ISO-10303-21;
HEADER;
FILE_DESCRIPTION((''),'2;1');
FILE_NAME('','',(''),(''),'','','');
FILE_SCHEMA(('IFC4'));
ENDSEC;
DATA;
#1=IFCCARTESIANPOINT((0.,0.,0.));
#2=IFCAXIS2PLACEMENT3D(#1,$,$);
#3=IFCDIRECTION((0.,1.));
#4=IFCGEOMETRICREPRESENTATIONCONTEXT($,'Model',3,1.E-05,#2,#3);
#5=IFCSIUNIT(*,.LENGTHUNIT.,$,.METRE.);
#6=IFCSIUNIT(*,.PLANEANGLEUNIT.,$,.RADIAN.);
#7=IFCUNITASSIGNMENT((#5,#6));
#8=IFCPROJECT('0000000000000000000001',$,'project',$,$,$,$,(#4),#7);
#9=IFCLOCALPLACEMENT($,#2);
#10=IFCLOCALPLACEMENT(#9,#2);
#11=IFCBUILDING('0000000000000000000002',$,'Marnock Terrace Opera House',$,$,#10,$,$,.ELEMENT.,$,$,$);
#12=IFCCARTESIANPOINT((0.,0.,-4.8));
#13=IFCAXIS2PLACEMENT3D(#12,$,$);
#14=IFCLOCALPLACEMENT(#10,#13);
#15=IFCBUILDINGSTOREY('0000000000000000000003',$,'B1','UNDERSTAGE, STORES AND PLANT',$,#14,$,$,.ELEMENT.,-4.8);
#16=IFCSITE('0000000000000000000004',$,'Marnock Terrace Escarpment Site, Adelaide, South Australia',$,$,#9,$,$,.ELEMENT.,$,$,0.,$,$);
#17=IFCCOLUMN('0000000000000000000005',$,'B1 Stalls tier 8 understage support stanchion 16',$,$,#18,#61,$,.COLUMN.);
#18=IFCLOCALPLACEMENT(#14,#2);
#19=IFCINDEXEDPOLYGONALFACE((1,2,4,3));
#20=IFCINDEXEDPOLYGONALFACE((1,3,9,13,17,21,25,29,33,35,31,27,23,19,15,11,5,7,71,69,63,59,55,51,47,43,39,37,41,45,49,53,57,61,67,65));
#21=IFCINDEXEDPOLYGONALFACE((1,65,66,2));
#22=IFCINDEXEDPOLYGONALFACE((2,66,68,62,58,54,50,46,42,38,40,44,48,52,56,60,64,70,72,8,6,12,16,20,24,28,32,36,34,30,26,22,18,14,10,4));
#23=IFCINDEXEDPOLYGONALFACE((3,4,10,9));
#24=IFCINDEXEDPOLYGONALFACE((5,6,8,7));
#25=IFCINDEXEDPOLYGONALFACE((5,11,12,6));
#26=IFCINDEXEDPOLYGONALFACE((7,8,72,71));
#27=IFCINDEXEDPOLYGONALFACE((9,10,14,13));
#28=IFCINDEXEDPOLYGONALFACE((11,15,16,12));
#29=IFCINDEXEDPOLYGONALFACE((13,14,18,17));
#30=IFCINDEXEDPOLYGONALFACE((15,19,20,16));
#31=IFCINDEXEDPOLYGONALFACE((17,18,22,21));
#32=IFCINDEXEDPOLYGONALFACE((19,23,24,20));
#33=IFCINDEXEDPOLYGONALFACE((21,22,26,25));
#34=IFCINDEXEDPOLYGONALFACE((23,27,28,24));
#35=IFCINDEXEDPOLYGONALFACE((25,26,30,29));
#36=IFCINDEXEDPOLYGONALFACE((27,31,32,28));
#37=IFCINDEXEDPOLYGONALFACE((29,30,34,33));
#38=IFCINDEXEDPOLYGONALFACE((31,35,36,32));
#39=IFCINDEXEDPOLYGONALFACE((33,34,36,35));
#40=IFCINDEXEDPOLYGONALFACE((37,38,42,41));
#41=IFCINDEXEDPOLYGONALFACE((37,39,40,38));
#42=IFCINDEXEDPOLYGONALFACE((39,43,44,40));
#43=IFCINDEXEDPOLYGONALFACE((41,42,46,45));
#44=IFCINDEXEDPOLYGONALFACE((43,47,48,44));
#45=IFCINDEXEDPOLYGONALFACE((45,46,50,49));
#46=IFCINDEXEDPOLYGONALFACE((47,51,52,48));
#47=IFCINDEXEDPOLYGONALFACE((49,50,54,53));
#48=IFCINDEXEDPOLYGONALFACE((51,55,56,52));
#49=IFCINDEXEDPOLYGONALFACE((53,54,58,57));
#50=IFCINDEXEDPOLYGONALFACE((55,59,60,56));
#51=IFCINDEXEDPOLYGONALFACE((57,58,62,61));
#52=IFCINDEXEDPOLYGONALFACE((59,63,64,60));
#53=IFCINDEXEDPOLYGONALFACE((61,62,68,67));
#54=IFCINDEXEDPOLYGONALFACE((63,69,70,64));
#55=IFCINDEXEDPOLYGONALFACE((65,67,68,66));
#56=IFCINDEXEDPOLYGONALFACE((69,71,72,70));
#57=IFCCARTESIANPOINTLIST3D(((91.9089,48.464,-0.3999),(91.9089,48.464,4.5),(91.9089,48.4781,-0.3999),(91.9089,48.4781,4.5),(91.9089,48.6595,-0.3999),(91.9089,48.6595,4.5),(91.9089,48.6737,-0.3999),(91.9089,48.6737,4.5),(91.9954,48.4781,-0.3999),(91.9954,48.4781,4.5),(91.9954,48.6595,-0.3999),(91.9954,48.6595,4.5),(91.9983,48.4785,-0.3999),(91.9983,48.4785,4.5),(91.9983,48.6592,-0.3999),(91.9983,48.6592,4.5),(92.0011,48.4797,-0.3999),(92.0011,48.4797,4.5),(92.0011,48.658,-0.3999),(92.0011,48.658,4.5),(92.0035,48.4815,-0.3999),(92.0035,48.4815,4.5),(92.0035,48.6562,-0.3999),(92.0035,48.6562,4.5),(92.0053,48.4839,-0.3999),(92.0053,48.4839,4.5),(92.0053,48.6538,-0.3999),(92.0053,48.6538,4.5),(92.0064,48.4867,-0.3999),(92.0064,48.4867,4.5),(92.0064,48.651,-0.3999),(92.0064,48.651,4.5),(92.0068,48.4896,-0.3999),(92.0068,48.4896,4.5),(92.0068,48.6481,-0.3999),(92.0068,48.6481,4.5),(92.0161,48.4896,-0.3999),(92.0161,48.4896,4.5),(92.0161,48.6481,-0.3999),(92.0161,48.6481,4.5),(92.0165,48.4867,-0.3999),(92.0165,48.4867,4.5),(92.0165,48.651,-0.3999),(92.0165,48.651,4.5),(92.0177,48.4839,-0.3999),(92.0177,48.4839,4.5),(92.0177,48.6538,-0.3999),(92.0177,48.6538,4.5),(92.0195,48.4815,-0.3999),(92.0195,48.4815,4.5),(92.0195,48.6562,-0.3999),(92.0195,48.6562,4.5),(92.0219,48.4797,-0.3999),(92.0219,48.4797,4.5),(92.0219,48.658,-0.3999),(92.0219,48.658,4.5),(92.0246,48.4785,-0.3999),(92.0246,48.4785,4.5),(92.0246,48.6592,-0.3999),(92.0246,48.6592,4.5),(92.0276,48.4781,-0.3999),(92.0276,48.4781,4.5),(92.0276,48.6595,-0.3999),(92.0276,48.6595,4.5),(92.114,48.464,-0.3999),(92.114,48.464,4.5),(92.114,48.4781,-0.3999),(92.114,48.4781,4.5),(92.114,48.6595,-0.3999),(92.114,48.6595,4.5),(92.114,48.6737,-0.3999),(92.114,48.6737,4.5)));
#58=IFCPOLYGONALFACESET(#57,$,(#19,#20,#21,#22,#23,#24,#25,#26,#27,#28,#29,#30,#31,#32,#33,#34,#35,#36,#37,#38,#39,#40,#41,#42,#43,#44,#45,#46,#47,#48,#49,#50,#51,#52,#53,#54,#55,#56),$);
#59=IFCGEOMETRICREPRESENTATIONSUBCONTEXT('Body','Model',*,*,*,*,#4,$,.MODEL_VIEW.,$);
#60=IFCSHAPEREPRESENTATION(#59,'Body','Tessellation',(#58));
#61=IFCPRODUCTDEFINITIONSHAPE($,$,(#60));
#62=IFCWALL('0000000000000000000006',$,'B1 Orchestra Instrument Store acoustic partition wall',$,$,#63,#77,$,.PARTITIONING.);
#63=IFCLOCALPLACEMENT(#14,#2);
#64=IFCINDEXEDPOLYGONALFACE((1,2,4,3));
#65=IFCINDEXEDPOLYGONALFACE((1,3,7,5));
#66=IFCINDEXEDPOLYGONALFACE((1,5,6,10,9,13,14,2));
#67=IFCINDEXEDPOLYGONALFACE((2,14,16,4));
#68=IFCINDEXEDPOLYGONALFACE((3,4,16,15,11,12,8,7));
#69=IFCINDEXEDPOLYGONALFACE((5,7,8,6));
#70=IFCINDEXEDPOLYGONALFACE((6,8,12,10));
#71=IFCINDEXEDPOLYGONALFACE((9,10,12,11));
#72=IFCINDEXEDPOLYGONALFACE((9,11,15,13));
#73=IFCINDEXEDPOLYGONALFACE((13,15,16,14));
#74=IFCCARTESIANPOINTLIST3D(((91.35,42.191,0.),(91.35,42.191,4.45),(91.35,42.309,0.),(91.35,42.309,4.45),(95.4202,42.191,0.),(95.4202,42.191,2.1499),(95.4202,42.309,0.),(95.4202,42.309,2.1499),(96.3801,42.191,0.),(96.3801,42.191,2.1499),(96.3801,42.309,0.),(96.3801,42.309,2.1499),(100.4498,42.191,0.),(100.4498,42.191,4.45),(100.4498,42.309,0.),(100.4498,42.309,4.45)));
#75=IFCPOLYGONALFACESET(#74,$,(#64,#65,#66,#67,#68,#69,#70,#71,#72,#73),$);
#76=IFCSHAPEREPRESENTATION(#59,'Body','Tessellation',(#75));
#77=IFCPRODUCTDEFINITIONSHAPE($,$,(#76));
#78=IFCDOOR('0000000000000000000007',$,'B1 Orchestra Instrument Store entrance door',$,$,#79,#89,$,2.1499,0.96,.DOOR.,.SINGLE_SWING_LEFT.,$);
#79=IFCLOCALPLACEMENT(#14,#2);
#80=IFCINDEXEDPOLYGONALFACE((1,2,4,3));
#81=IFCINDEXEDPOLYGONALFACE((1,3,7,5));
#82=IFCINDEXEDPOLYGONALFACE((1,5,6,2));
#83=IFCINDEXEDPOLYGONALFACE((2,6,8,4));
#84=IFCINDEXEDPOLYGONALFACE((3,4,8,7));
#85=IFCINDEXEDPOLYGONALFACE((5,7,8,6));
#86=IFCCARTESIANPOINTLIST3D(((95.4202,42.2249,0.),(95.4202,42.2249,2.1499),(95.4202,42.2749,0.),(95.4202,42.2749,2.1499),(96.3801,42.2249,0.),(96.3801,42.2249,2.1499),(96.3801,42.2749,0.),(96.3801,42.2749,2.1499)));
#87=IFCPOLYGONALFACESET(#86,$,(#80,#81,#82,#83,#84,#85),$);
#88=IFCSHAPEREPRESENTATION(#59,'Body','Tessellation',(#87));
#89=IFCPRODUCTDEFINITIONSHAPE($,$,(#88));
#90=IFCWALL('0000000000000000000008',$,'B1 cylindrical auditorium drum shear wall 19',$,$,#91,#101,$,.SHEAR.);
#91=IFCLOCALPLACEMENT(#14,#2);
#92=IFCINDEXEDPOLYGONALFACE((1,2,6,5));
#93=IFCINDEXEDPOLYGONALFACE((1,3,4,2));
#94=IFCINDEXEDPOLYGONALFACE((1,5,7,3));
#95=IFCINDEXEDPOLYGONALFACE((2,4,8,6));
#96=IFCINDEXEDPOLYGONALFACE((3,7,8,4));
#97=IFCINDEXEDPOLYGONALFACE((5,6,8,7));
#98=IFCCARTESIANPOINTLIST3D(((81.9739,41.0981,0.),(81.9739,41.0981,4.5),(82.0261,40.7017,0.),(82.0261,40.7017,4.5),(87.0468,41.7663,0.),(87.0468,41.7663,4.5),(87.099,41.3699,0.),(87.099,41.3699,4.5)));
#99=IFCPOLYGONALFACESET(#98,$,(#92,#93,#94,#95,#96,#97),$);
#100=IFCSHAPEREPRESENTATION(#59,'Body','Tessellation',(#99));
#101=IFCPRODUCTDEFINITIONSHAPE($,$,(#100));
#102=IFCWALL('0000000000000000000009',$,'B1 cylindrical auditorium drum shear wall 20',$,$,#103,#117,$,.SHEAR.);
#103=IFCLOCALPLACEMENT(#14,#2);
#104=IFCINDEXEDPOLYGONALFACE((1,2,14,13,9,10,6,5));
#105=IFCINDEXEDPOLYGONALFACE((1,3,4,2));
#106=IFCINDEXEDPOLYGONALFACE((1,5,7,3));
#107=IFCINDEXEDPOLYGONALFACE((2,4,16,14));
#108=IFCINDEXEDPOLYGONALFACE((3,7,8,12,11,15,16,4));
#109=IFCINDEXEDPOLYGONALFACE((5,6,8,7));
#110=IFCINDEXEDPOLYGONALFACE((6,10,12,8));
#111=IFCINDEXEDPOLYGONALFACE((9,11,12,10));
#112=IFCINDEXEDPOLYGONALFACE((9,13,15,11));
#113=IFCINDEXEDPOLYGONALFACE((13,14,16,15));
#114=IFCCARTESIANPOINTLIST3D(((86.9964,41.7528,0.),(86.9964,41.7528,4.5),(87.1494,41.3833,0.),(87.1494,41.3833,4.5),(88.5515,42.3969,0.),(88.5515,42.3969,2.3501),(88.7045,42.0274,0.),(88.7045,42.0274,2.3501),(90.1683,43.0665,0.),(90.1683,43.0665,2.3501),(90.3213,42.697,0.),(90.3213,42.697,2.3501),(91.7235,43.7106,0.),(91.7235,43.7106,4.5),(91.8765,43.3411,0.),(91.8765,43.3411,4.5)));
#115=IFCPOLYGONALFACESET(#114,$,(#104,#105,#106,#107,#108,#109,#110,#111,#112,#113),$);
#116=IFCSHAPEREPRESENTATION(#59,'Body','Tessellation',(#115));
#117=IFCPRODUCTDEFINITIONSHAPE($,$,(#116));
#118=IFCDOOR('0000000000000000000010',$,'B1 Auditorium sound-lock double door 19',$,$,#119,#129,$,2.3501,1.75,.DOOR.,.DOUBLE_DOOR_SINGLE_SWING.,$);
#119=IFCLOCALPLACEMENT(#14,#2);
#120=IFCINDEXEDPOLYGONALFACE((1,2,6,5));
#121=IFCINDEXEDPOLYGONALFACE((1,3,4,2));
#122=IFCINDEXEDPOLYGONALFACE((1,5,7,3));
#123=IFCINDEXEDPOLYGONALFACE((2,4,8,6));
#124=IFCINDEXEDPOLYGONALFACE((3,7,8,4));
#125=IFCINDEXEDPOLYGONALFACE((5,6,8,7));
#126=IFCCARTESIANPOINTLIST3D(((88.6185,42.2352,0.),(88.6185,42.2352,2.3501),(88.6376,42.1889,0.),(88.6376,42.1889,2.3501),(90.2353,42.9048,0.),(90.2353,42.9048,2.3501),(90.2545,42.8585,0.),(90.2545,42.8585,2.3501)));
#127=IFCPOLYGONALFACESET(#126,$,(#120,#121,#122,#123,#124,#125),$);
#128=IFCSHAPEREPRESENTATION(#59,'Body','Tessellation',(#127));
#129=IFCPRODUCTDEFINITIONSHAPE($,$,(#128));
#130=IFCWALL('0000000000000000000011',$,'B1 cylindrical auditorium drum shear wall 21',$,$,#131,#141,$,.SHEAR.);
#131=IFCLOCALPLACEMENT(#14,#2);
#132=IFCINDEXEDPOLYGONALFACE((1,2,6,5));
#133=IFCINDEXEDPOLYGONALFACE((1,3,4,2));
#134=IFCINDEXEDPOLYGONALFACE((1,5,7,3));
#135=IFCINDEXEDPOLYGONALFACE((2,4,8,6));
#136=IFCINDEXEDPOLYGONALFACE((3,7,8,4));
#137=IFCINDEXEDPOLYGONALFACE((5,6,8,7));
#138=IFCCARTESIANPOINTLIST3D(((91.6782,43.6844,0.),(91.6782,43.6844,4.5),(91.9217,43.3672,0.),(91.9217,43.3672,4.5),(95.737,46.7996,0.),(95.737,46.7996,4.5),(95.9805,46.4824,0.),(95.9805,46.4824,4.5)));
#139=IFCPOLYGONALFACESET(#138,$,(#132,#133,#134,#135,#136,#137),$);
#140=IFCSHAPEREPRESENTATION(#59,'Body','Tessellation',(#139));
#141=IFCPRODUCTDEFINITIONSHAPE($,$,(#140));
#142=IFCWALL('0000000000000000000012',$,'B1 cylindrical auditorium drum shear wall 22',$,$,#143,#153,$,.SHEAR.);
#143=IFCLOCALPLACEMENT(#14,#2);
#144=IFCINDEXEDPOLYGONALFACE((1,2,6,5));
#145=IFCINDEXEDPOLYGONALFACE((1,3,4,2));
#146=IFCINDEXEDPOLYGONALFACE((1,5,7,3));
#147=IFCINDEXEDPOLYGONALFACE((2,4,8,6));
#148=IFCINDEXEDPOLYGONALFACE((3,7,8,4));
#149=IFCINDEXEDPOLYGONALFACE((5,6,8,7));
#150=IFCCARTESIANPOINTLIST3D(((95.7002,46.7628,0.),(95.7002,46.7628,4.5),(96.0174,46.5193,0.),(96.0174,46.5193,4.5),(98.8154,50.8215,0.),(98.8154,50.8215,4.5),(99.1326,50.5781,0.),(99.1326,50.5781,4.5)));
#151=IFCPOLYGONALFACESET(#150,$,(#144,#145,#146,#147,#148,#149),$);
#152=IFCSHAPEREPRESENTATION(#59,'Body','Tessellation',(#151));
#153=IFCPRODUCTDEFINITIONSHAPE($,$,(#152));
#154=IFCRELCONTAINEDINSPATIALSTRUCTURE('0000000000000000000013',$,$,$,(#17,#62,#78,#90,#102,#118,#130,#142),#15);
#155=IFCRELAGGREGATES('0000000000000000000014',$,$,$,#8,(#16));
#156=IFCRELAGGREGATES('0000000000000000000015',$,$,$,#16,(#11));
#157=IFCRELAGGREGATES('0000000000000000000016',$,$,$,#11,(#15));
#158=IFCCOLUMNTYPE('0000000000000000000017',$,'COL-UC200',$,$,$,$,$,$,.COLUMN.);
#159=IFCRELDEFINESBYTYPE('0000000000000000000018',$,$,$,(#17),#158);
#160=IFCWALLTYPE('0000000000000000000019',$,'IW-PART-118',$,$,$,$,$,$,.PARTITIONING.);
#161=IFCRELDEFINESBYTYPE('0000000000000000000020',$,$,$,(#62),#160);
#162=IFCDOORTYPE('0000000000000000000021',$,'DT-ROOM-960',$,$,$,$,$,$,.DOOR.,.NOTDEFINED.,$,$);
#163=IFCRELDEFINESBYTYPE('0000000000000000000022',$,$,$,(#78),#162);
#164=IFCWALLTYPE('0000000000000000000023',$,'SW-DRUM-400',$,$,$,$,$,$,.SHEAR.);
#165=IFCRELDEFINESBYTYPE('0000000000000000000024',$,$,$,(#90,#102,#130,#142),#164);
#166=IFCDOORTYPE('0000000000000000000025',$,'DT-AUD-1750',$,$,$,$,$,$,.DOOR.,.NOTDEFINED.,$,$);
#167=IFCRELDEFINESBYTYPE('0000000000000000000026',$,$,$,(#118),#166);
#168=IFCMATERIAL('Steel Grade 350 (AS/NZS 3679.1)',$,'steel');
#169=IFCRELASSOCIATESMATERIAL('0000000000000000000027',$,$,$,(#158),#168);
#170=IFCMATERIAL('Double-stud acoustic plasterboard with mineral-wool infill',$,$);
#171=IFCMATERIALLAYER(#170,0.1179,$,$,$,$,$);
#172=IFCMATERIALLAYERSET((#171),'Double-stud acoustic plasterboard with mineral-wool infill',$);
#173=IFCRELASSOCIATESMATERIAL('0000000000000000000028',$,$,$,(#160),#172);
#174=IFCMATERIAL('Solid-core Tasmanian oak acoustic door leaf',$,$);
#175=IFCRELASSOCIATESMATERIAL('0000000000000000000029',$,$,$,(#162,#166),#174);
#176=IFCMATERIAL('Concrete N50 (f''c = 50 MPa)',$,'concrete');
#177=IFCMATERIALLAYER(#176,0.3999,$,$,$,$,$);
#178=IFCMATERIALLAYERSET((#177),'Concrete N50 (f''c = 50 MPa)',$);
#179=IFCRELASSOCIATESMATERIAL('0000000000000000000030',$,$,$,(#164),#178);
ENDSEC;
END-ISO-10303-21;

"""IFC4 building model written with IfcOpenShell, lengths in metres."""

from ifc_helpers import new_model, si_unit, direction, frame, frame_2d, origin, origin_2d, place, context, subcontext, project, spatial, rectangle, i_section, extrude, material, layer, layer_set, material_profile, profile_set, type_object, element, fill, save


model = new_model("IFC4")

# Units and contexts
model_context = context("Model", 3, precision=1e-05, world=origin(), true_north=direction((0.0, 1.0)))
body_context = subcontext(model_context, "Body", "Model", "MODEL_VIEW")
ifc_project = project(units=[si_unit("LENGTHUNIT", "METRE"), si_unit("PLANEANGLEUNIT", "RADIAN")], contexts=[model_context])

# Site, building, storey
site_placement = place(None, origin())
site = spatial("IfcSite", under=ifc_project, at=site_placement, Name="Marnock Terrace Escarpment Site, Adelaide, South Australia", CompositionType="ELEMENT", RefElevation=0.0)
building_placement = place(site_placement, origin())
building = spatial("IfcBuilding", under=site, at=building_placement, Name="Marnock Terrace Opera House", CompositionType="ELEMENT")
storey_placement = place(building_placement, frame((0.0, 0.0, -4.8)))
storey = spatial("IfcBuildingStorey", under=building, at=storey_placement, Name="B1", Description="UNDERSTAGE, STORES AND PLANT", CompositionType="ELEMENT", Elevation=-4.8)

# Column
ifc_material_1 = material(Name="Concrete N50 (f'c = 50 MPa)", Category="concrete")
ifc_material_2 = material(Name="Steel Grade 350 (AS/NZS 3679.1)", Category="steel")
ifc_material_profile_1 = material_profile(ifc_material_2, i_section(OverallWidth=0.2051, OverallDepth=0.2097, WebThickness=0.0093, FlangeThickness=0.0142, FilletRadius=0.0115, at=origin_2d()))
ifc_profile_set_1 = profile_set([ifc_material_profile_1], Name="Steel Grade 350 (AS/NZS 3679.1)")
column_type_1 = type_object("IfcColumnType", Name="COL-UC200", PredefinedType="COLUMN", material=ifc_profile_set_1)
for number, where, z_axis, x_axis, name in (
    (1, (92.0115, 48.5688, -0.3999), (0.0, 0.0, 1.0), (1.0, 0.0, 0.0), "B1 Stalls tier 8 understage support stanchion 16"),
):
    element("IfcColumn", number, at=place(storey_placement, frame(where, z_axis=z_axis, x_axis=x_axis)), inside=storey, type_object=column_type_1, Name=name, PredefinedType="COLUMN", context=body_context, shape_type="SweptSolid", body=[
        extrude(i_section(OverallWidth=0.2051, OverallDepth=0.2097, WebThickness=0.0093, FlangeThickness=0.0142, FilletRadius=0.0115, at=origin_2d()), origin(), (0.0, 0.0, 1.0), 4.8999),
    ])

# Wall, opening, door
ifc_material_3 = material(Name="Double-stud acoustic plasterboard with mineral-wool infill")
ifc_layer_1 = layer(ifc_material_3, 0.1179)
ifc_layer_set_1 = layer_set([ifc_layer_1], Name="Double-stud acoustic plasterboard with mineral-wool infill")
wall_type_1 = type_object("IfcWallType", Name="IW-PART-118", PredefinedType="PARTITIONING", material=ifc_layer_set_1)
wall_1_placement = place(storey_placement, frame((91.3501, 42.25, 0.0), z_axis=(0.0, 0.0, 1.0), x_axis=(1.0, 0.0, 0.0)))
wall_1 = element("IfcWall", 2, at=wall_1_placement, inside=storey, type_object=wall_type_1, Name="B1 Orchestra Instrument Store acoustic partition wall", PredefinedType="PARTITIONING", context=body_context, shape_type="SweptSolid", body=[
    extrude(rectangle(XDim=9.0999, YDim=0.1179, at=frame_2d((4.5498, 0.0))), origin(), (0.0, 0.0, 1.0), 4.45),
])
opening_1_placement = place(wall_1_placement, frame((4.0701, 0.0, 0.0)))
opening_1 = element("IfcOpeningElement", 3, at=opening_1_placement, cuts=wall_1, PredefinedType="OPENING", context=body_context, shape_type="SweptSolid", body=[
    extrude(rectangle(XDim=0.96, YDim=2.1499, at=frame_2d((0.48, 1.075))), frame((0.0, 0.0688, 0.0), z_axis=(0.0, -1.0, 0.0), x_axis=(1.0, 0.0, 0.0)), (0.0, 0.0, 1.0), 0.1379),
])
ifc_material_4 = material(Name="Solid-core Tasmanian oak acoustic door leaf")
door_type_1 = type_object("IfcDoorType", Name="DT-ROOM-960", OperationType="NOTDEFINED", PredefinedType="DOOR", material=ifc_material_4)
door_1_placement = place(opening_1_placement, origin())
door_1 = element("IfcDoor", 4, at=door_1_placement, inside=storey, type_object=door_type_1, Name="B1 Orchestra Instrument Store entrance door", OperationType="SINGLE_SWING_LEFT", OverallHeight=2.1499, OverallWidth=0.96, PredefinedType="DOOR", context=body_context, shape_type="SweptSolid", body=[
    extrude(rectangle(XDim=0.96, YDim=2.1499, at=frame_2d((0.48, 1.075))), frame((0.0, 0.0249, 0.0), z_axis=(0.0, -1.0, 0.0), x_axis=(1.0, 0.0, 0.0)), (0.0, 0.0, 1.0), 0.05),
])
fill(opening_1, door_1)

# Wall
ifc_layer_2 = layer(ifc_material_1, 0.3999)
ifc_layer_set_2 = layer_set([ifc_layer_2], Name="Concrete N50 (f'c = 50 MPa)")
wall_type_2 = type_object("IfcWallType", Name="SW-DRUM-400", PredefinedType="SHEAR", material=ifc_layer_set_2)
wall_2_placement = place(storey_placement, frame((82.0, 40.8999, 0.0), z_axis=(0.0, 0.0, 1.0), x_axis=(0.991436, 0.130592, 0.0)))
element("IfcWall", 5, at=wall_2_placement, inside=storey, type_object=wall_type_2, Name="B1 cylindrical auditorium drum shear wall 19", PredefinedType="SHEAR", context=body_context, shape_type="SweptSolid", body=[
    extrude(rectangle(XDim=5.1167, YDim=0.3999, at=frame_2d((2.5583, 0.0))), origin(), (0.0, 0.0, 1.0), 4.5),
])

# Wall, opening, door
wall_3_placement = place(storey_placement, frame((87.073, 41.5681, 0.0), z_axis=(0.0, 0.0, 1.0), x_axis=(0.923896, 0.382643, 0.0)))
wall_3 = element("IfcWall", 6, at=wall_3_placement, inside=storey, type_object=wall_type_2, Name="B1 cylindrical auditorium drum shear wall 20", PredefinedType="SHEAR", context=body_context, shape_type="SweptSolid", body=[
    extrude(rectangle(XDim=5.1165, YDim=0.3999, at=frame_2d((2.5581, 0.0))), origin(), (0.0, 0.0, 1.0), 4.5),
])
opening_2_placement = place(wall_3_placement, frame((1.6831, 0.0, 0.0)))
opening_2 = element("IfcOpeningElement", 7, at=opening_2_placement, cuts=wall_3, PredefinedType="OPENING", context=body_context, shape_type="SweptSolid", body=[
    extrude(rectangle(XDim=1.75, YDim=2.3501, at=frame_2d((0.875, 1.175))), frame((0.0, 0.21, 0.0), z_axis=(0.0, -1.0, 0.0), x_axis=(1.0, 0.0, 0.0)), (0.0, 0.0, 1.0), 0.4199),
])
door_type_2 = type_object("IfcDoorType", Name="DT-AUD-1750", OperationType="NOTDEFINED", PredefinedType="DOOR", material=ifc_material_4)
door_2_placement = place(opening_2_placement, origin())
door_2 = element("IfcDoor", 8, at=door_2_placement, inside=storey, type_object=door_type_2, Name="B1 Auditorium sound-lock double door 19", OperationType="DOUBLE_DOOR_SINGLE_SWING", OverallHeight=2.3501, OverallWidth=1.75, PredefinedType="DOOR", context=body_context, shape_type="SweptSolid", body=[
    extrude(rectangle(XDim=1.75, YDim=2.3501, at=frame_2d((0.875, 1.175))), frame((0.0, 0.0249, 0.0), z_axis=(0.0, -1.0, 0.0), x_axis=(1.0, 0.0, 0.0)), (0.0, 0.0, 1.0), 0.05),
])
fill(opening_2, door_2)

# Walls
for number, where, z_axis, x_axis, name in (
    (9, (91.8, 43.5259, 0.0), (0.0, 0.0, 1.0), (0.79328, 0.608857, 0.0), "B1 cylindrical auditorium drum shear wall 21"),
    (10, (95.8589, 46.6411, 0.0), (0.0, 0.0, 1.0), (0.608857, 0.79328, 0.0), "B1 cylindrical auditorium drum shear wall 22"),
):
    element("IfcWall", number, at=place(storey_placement, frame(where, z_axis=z_axis, x_axis=x_axis)), inside=storey, type_object=wall_type_2, Name=name, PredefinedType="SHEAR", context=body_context, shape_type="SweptSolid", body=[
        extrude(rectangle(XDim=5.1165, YDim=0.3999, at=frame_2d((2.5581, 0.0))), origin(), (0.0, 0.0, 1.0), 4.5),
    ])

save(model, "model.ifc")
